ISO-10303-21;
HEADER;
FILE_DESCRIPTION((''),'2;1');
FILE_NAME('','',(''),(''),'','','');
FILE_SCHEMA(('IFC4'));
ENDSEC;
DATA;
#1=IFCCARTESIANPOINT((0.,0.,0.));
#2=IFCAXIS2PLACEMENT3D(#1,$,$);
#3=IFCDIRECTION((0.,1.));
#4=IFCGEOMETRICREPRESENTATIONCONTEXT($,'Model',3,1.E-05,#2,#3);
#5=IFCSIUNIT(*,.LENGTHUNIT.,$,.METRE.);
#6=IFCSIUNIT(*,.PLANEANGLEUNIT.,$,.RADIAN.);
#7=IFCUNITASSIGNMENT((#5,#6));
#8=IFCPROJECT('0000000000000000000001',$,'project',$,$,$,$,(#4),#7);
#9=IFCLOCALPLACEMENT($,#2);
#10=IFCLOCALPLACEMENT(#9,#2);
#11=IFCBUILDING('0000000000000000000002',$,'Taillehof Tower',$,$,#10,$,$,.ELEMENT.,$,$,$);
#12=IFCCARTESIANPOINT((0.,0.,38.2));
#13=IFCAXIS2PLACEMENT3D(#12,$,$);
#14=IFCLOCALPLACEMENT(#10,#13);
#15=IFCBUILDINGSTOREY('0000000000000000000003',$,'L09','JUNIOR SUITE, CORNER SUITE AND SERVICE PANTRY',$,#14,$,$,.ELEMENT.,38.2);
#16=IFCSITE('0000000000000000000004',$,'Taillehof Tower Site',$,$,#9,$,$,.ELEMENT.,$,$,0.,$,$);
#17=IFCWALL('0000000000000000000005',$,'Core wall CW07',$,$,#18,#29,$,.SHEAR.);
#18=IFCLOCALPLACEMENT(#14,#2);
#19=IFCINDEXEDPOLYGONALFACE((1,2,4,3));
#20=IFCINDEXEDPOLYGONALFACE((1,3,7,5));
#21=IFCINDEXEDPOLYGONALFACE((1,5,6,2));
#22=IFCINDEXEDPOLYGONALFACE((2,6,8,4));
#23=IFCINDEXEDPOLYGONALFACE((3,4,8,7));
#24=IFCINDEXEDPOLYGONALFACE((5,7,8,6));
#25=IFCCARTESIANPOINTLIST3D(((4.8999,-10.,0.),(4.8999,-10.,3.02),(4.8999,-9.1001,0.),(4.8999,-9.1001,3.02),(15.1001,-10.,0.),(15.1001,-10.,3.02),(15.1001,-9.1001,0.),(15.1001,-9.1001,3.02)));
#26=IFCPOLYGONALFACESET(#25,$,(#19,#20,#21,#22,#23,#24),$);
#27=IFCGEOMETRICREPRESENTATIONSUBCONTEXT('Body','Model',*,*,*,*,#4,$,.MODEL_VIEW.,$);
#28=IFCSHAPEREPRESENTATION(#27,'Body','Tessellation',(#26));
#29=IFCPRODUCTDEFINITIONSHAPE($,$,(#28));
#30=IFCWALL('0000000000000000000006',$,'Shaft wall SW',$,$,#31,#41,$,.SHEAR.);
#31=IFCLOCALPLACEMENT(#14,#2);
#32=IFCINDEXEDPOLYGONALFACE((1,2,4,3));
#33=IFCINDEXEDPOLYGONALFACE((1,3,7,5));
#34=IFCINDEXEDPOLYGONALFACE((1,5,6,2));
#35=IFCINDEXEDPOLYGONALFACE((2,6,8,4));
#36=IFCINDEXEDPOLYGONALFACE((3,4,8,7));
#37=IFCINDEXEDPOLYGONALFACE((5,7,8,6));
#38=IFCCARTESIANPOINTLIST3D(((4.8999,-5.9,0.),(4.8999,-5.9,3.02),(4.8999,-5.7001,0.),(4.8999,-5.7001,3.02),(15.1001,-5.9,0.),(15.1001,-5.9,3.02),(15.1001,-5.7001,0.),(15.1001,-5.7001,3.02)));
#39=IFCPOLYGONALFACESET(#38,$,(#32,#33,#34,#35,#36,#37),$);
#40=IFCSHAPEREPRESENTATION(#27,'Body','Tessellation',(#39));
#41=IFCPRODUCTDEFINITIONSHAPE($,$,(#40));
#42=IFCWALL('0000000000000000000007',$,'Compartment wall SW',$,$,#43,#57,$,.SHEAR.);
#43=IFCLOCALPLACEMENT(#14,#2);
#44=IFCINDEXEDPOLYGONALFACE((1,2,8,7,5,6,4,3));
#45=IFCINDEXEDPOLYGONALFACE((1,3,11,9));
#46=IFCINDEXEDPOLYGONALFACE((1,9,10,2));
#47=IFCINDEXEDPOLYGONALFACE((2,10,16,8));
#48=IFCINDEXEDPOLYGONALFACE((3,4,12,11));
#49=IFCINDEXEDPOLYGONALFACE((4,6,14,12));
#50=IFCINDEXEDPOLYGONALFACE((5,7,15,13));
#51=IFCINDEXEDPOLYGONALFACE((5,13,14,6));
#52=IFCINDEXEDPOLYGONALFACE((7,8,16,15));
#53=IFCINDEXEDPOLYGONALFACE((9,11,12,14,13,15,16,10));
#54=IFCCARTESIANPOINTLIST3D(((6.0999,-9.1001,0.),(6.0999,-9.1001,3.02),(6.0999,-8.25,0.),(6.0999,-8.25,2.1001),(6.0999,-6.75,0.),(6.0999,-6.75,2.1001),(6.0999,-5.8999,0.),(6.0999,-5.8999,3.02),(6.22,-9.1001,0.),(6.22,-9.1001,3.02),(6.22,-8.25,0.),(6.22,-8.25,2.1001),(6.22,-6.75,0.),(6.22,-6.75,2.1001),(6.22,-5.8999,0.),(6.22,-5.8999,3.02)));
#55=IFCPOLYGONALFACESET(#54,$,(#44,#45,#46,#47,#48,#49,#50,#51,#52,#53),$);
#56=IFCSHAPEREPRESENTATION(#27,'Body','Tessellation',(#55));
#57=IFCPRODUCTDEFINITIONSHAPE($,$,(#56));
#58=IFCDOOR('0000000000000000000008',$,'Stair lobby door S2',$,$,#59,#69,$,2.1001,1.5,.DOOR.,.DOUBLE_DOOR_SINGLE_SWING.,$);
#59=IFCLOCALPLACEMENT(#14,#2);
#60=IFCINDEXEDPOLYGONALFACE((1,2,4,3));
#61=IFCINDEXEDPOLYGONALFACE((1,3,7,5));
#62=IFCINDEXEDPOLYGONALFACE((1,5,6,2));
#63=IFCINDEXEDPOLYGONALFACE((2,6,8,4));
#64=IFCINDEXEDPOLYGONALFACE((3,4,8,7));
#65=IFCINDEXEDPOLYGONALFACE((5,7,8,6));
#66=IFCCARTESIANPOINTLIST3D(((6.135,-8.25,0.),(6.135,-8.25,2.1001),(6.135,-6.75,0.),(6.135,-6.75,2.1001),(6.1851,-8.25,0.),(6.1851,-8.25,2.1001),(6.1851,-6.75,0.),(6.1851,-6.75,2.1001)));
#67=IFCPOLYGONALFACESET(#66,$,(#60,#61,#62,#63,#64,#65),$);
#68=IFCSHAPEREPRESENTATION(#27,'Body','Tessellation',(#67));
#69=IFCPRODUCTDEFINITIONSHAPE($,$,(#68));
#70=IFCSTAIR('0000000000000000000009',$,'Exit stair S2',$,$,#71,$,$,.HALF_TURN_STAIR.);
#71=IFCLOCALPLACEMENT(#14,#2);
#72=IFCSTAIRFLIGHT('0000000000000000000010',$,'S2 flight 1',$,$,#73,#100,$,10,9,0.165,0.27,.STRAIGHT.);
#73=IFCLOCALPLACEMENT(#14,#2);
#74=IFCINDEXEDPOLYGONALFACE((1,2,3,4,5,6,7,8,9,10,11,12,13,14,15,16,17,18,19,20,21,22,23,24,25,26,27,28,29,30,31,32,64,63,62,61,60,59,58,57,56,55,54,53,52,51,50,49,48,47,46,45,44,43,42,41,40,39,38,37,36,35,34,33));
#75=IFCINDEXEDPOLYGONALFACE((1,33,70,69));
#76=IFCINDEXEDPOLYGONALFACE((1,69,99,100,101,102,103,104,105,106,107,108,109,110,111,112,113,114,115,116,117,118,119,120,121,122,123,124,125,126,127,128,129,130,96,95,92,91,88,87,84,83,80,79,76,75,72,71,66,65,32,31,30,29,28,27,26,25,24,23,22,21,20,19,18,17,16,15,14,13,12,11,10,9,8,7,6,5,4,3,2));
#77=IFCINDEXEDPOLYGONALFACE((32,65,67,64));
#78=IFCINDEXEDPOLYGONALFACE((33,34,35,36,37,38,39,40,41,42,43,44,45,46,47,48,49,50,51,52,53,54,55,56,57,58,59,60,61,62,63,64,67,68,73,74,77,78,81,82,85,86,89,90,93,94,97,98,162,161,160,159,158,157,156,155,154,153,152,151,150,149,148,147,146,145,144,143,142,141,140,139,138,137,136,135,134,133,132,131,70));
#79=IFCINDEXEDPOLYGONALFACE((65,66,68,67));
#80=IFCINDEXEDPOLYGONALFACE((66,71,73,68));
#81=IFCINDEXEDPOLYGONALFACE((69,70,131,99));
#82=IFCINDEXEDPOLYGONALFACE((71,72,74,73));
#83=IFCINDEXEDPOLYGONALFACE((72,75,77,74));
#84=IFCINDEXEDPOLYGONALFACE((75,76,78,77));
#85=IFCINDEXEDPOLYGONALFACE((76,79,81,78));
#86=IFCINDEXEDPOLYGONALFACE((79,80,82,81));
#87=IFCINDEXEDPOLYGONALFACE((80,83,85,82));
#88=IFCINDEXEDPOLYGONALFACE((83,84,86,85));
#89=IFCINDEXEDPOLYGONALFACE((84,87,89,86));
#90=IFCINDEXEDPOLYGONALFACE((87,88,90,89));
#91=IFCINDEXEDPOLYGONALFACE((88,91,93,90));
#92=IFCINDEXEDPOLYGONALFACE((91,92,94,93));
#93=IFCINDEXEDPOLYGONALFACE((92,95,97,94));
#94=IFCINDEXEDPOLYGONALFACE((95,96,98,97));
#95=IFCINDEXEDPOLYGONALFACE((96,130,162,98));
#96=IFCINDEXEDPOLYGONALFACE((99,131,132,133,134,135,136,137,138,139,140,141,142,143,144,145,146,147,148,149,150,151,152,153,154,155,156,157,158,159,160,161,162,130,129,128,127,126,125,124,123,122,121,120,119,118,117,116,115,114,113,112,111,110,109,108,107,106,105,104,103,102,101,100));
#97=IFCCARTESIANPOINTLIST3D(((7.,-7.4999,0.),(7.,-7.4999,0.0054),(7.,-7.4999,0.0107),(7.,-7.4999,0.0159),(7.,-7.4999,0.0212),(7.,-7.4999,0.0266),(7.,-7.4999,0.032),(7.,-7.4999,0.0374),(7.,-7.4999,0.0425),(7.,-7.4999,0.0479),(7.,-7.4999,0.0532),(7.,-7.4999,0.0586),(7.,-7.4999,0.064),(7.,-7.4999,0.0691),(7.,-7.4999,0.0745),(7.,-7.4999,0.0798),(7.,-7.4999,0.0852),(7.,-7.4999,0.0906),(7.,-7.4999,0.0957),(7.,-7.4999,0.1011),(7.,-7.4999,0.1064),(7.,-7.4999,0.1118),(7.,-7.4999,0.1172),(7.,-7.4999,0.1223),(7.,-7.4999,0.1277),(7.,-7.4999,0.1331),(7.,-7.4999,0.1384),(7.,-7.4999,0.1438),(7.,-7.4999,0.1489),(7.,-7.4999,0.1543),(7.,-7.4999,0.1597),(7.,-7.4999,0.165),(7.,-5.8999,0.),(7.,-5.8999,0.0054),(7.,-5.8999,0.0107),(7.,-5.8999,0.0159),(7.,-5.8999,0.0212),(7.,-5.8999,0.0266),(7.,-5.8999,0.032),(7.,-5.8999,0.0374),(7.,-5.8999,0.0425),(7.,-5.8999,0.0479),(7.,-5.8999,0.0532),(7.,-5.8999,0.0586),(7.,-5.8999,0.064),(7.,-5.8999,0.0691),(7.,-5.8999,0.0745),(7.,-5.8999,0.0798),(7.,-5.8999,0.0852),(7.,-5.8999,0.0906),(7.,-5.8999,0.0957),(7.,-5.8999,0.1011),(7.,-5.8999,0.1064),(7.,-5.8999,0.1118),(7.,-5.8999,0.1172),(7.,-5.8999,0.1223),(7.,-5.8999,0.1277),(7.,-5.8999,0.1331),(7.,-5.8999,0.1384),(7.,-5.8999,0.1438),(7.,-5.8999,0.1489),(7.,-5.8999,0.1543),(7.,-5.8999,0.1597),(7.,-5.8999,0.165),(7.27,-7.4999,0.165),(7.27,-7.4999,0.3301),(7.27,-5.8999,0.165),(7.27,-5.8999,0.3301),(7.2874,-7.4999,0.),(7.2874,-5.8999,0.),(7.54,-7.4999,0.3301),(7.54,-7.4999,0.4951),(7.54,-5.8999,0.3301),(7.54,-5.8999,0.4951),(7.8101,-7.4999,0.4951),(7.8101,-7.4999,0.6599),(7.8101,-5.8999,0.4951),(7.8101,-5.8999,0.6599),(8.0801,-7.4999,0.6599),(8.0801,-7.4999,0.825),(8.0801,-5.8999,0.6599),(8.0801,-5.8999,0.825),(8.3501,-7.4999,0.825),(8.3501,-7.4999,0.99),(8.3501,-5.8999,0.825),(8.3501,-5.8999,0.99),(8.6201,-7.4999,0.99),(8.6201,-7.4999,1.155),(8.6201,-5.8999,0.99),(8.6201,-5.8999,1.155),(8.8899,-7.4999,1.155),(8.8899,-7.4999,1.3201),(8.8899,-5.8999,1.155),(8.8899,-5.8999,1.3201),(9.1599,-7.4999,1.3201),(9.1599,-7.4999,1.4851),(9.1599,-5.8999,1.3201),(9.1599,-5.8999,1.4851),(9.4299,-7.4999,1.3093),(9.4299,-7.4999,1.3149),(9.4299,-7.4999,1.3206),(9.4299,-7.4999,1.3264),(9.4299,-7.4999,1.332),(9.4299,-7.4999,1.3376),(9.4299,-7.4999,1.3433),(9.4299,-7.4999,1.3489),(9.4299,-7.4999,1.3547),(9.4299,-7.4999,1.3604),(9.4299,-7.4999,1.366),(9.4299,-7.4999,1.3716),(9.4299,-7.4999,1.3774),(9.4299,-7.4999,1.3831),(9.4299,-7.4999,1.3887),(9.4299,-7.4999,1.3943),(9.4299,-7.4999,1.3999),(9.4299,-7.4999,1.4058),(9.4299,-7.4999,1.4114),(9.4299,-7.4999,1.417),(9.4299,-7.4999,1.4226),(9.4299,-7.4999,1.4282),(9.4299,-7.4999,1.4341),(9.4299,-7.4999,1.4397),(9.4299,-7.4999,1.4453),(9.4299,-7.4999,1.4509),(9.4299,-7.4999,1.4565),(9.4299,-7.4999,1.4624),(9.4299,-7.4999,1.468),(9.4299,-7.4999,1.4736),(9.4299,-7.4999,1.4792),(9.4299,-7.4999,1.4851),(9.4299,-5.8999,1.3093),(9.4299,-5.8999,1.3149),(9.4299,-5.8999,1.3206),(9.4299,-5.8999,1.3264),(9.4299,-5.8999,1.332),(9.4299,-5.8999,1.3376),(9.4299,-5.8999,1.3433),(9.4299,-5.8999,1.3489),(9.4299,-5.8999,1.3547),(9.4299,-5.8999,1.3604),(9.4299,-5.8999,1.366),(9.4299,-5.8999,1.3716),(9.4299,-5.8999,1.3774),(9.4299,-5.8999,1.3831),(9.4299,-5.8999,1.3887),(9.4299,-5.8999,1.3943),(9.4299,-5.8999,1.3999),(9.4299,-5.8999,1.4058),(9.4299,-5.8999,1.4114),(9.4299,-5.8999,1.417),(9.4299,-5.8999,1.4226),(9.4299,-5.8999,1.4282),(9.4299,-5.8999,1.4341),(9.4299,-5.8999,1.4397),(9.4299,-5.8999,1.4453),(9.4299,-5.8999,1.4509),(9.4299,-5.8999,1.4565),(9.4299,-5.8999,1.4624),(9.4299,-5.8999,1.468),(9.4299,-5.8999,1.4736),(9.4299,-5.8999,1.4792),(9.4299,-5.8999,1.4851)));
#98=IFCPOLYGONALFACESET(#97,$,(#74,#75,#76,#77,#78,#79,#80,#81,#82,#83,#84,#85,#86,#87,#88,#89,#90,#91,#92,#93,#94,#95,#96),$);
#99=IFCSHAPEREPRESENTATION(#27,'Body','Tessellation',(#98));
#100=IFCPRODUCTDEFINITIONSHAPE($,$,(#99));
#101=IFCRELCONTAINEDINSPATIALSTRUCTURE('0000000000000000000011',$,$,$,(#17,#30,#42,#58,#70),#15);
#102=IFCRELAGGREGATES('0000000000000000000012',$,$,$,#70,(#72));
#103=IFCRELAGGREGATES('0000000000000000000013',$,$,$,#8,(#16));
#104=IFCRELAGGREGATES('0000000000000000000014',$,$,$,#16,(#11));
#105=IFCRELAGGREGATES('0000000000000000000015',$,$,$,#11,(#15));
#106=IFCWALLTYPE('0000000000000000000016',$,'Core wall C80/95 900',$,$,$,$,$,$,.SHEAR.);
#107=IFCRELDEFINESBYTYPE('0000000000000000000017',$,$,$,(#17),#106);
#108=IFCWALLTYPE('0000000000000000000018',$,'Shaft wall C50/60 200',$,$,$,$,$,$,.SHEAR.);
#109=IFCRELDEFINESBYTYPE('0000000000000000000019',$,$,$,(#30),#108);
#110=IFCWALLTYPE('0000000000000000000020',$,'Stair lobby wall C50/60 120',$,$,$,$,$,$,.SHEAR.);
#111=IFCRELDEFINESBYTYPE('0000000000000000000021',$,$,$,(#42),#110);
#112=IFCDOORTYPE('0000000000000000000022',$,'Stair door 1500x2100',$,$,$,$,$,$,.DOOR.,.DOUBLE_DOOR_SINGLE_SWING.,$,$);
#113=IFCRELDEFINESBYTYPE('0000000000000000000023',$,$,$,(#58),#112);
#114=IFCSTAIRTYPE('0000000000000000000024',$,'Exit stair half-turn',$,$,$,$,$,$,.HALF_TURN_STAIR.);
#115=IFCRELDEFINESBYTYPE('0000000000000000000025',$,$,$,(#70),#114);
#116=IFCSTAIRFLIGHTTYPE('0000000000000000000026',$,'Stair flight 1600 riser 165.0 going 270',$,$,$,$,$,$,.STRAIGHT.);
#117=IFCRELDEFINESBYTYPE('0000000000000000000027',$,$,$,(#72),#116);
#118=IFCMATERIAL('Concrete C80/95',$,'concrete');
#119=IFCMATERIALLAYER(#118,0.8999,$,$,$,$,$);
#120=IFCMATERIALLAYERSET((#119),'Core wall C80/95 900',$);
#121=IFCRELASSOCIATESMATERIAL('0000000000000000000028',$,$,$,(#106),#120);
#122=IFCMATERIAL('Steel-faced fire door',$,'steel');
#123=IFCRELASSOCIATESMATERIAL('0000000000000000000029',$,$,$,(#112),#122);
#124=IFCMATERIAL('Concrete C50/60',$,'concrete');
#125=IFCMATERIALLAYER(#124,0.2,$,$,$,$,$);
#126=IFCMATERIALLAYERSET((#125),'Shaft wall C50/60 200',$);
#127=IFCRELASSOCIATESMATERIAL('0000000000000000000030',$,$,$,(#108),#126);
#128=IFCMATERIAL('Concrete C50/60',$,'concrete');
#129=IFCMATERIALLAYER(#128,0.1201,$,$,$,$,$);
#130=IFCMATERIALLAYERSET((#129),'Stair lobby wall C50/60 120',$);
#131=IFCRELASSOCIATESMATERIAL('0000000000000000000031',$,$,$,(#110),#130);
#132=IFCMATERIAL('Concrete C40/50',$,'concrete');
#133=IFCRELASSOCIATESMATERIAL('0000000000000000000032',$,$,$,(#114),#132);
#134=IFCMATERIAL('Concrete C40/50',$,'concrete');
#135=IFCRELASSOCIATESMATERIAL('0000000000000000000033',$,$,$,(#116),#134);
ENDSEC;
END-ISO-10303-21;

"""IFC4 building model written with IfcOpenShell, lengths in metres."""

from ifc_helpers import new_model, si_unit, direction, frame, frame_2d, origin, place, context, subcontext, project, spatial, polyline, rectangle, outline, extrude, material, layer, layer_set, type_object, element, fill, aggregate, save


model = new_model("IFC4")

# Units and contexts
model_context = context("Model", 3, precision=1e-05, world=origin(), true_north=direction((0.0, 1.0)))
body_context = subcontext(model_context, "Body", "Model", "MODEL_VIEW")
ifc_project = project(units=[si_unit("LENGTHUNIT", "METRE"), si_unit("PLANEANGLEUNIT", "RADIAN")], contexts=[model_context])

# Site, building, storey
site_placement = place(None, origin())
site = spatial("IfcSite", under=ifc_project, at=site_placement, Name="Taillehof Tower Site", CompositionType="ELEMENT", RefElevation=0.0)
building_placement = place(site_placement, origin())
building = spatial("IfcBuilding", under=site, at=building_placement, Name="Taillehof Tower", CompositionType="ELEMENT")
storey_placement = place(building_placement, frame((0.0, 0.0, 38.2)))
storey = spatial("IfcBuildingStorey", under=building, at=storey_placement, Name="L09", Description="JUNIOR SUITE, CORNER SUITE AND SERVICE PANTRY", CompositionType="ELEMENT", Elevation=38.2)

# Shared definitions
ifc_material_1 = material(Name="Concrete C80/95", Category="concrete")
ifc_layer_1 = layer(ifc_material_1, 0.8999)
ifc_layer_set_1 = layer_set([ifc_layer_1], Name="Core wall C80/95 900")
wall_type_1 = type_object("IfcWallType", Name="Core wall C80/95 900", PredefinedType="SHEAR", material=ifc_layer_set_1)
ifc_material_2 = material(Name="Steel-faced fire door", Category="steel")
door_type_1 = type_object("IfcDoorType", Name="Stair door 1500x2100", OperationType="DOUBLE_DOOR_SINGLE_SWING", PredefinedType="DOOR", material=ifc_material_2)

# Walls
wall_1_placement = place(storey_placement, frame((4.8999, -9.55, 0.0), z_axis=(0.0, 0.0, 1.0), x_axis=(1.0, 0.0, 0.0)))
element("IfcWall", 1, at=wall_1_placement, inside=storey, type_object=wall_type_1, Name="Core wall CW07", PredefinedType="SHEAR", context=body_context, shape_type="SweptSolid", body=[
    extrude(rectangle(XDim=10.2002, YDim=0.8999, at=frame_2d((5.1001, 0.0))), origin(), (0.0, 0.0, 1.0), 3.02),
])
ifc_material_3 = material(Name="Concrete C50/60", Category="concrete")
ifc_layer_2 = layer(ifc_material_3, 0.2)
ifc_layer_set_2 = layer_set([ifc_layer_2], Name="Shaft wall C50/60 200")
wall_type_2 = type_object("IfcWallType", Name="Shaft wall C50/60 200", PredefinedType="SHEAR", material=ifc_layer_set_2)
wall_2_placement = place(storey_placement, frame((4.8999, -5.8, 0.0), z_axis=(0.0, 0.0, 1.0), x_axis=(1.0, 0.0, 0.0)))
element("IfcWall", 2, at=wall_2_placement, inside=storey, type_object=wall_type_2, Name="Shaft wall SW", PredefinedType="SHEAR", context=body_context, shape_type="SweptSolid", body=[
    extrude(rectangle(XDim=10.2002, YDim=0.2, at=frame_2d((5.1001, 0.0))), origin(), (0.0, 0.0, 1.0), 3.02),
])

# Wall, opening, door
ifc_material_4 = material(Name="Concrete C50/60", Category="concrete")
ifc_layer_3 = layer(ifc_material_4, 0.1201)
ifc_layer_set_3 = layer_set([ifc_layer_3], Name="Stair lobby wall C50/60 120")
wall_type_3 = type_object("IfcWallType", Name="Stair lobby wall C50/60 120", PredefinedType="SHEAR", material=ifc_layer_set_3)
wall_3_placement = place(storey_placement, frame((6.1599, -9.1001, 0.0), z_axis=(0.0, 0.0, 1.0), x_axis=(0.0, 1.0, 0.0)))
wall_3 = element("IfcWall", 3, at=wall_3_placement, inside=storey, type_object=wall_type_3, Name="Compartment wall SW", PredefinedType="SHEAR", context=body_context, shape_type="SweptSolid", body=[
    extrude(rectangle(XDim=3.2002, YDim=0.1201, at=frame_2d((1.6001, 0.0))), origin(), (0.0, 0.0, 1.0), 3.02),
])
opening_1_placement = place(wall_3_placement, frame((0.8501, 0.0, 0.0)))
opening_1 = element("IfcOpeningElement", 4, at=opening_1_placement, cuts=wall_3, PredefinedType="OPENING", context=body_context, shape_type="SweptSolid", body=[
    extrude(rectangle(XDim=1.5, YDim=2.1001, at=frame_2d((0.75, 1.05))), frame((0.0, 0.0701, 0.0), z_axis=(0.0, -1.0, 0.0), x_axis=(1.0, 0.0, 0.0)), (0.0, 0.0, 1.0), 0.1401),
])
door_1_placement = place(opening_1_placement, origin())
door_1 = element("IfcDoor", 5, at=door_1_placement, inside=storey, type_object=door_type_1, Name="Stair lobby door S2", OperationType="DOUBLE_DOOR_SINGLE_SWING", OverallHeight=2.1001, OverallWidth=1.5, PredefinedType="DOOR", context=body_context, shape_type="SweptSolid", body=[
    extrude(rectangle(XDim=1.5, YDim=2.1001, at=frame_2d((0.75, 1.05))), frame((0.0, 0.0249, 0.0), z_axis=(0.0, -1.0, 0.0), x_axis=(1.0, 0.0, 0.0)), (0.0, 0.0, 1.0), 0.05),
])
fill(opening_1, door_1)

# Stair, stair flight
ifc_material_5 = material(Name="Concrete C40/50", Category="concrete")
stair_type = type_object("IfcStairType", Name="Exit stair half-turn", PredefinedType="HALF_TURN_STAIR", material=ifc_material_5)
stair_placement = place(storey_placement, origin())
stair = element("IfcStair", 6, at=stair_placement, inside=storey, type_object=stair_type, Name="Exit stair S2", PredefinedType="HALF_TURN_STAIR")
ifc_material_6 = material(Name="Concrete C40/50", Category="concrete")
stair_flight_type = type_object("IfcStairFlightType", Name="Stair flight 1600 riser 165.0 going 270", PredefinedType="STRAIGHT", material=ifc_material_6)
stair_flight_1_placement = place(storey_placement, frame((7.0, -6.7, 0.0), z_axis=(0.0, 0.0, 1.0), x_axis=(1.0, 0.0, 0.0)))
stair_flight_1 = element("IfcStairFlight", 7, at=stair_flight_1_placement, type_object=stair_flight_type, Name="S2 flight 1", NumberOfRisers=10, NumberOfTreads=9, PredefinedType="STRAIGHT", RiserHeight=0.165, TreadLength=0.27, context=body_context, shape_type="SweptSolid", body=[
    extrude(outline(polyline([(0.0, 0.0), (0.0, 0.0054), (0.0, 0.0107), (0.0, 0.0159), (0.0, 0.0212), (0.0, 0.0266), (0.0, 0.032), (0.0, 0.0374), (0.0, 0.0425), (0.0, 0.0479), (0.0, 0.0532), (0.0, 0.0586), (0.0, 0.064), (0.0, 0.0691), (0.0, 0.0745), (0.0, 0.0798), (0.0, 0.0852), (0.0, 0.0906), (0.0, 0.0957), (0.0, 0.1011), (0.0, 0.1064), (0.0, 0.1118), (0.0, 0.1172), (0.0, 0.1223), (0.0, 0.1277), (0.0, 0.1331), (0.0, 0.1384), (0.0, 0.1438), (0.0, 0.1489), (0.0, 0.1543), (0.0, 0.1597), (0.0, 0.165), (0.27, 0.165), (0.27, 0.3301), (0.54, 0.3301), (0.54, 0.4951), (0.8101, 0.4951), (0.8101, 0.6599), (1.0801, 0.6599), (1.0801, 0.825), (1.3501, 0.825), (1.3501, 0.99), (1.6201, 0.99), (1.6201, 1.155), (1.8899, 1.155), (1.8899, 1.3201), (2.1599, 1.3201), (2.1599, 1.4851), (2.4299, 1.4851), (2.4299, 1.4792), (2.4299, 1.4736), (2.4299, 1.468), (2.4299, 1.4624), (2.4299, 1.4565), (2.4299, 1.4509), (2.4299, 1.4453), (2.4299, 1.4397), (2.4299, 1.4341), (2.4299, 1.4282), (2.4299, 1.4226), (2.4299, 1.417), (2.4299, 1.4114), (2.4299, 1.4058), (2.4299, 1.3999), (2.4299, 1.3943), (2.4299, 1.3887), (2.4299, 1.3831), (2.4299, 1.3774), (2.4299, 1.3716), (2.4299, 1.366), (2.4299, 1.3604), (2.4299, 1.3547), (2.4299, 1.3489), (2.4299, 1.3433), (2.4299, 1.3376), (2.4299, 1.332), (2.4299, 1.3264), (2.4299, 1.3206), (2.4299, 1.3149), (2.4299, 1.3093), (0.2874, 0.0), (0.0, 0.0)])), frame((0.0, 0.8, 0.0), z_axis=(0.0, -1.0, 0.0), x_axis=(1.0, 0.0, 0.0)), (0.0, 0.0, 1.0), 1.6),
])
aggregate(stair, [stair_flight_1])

save(model, "model.ifc")
